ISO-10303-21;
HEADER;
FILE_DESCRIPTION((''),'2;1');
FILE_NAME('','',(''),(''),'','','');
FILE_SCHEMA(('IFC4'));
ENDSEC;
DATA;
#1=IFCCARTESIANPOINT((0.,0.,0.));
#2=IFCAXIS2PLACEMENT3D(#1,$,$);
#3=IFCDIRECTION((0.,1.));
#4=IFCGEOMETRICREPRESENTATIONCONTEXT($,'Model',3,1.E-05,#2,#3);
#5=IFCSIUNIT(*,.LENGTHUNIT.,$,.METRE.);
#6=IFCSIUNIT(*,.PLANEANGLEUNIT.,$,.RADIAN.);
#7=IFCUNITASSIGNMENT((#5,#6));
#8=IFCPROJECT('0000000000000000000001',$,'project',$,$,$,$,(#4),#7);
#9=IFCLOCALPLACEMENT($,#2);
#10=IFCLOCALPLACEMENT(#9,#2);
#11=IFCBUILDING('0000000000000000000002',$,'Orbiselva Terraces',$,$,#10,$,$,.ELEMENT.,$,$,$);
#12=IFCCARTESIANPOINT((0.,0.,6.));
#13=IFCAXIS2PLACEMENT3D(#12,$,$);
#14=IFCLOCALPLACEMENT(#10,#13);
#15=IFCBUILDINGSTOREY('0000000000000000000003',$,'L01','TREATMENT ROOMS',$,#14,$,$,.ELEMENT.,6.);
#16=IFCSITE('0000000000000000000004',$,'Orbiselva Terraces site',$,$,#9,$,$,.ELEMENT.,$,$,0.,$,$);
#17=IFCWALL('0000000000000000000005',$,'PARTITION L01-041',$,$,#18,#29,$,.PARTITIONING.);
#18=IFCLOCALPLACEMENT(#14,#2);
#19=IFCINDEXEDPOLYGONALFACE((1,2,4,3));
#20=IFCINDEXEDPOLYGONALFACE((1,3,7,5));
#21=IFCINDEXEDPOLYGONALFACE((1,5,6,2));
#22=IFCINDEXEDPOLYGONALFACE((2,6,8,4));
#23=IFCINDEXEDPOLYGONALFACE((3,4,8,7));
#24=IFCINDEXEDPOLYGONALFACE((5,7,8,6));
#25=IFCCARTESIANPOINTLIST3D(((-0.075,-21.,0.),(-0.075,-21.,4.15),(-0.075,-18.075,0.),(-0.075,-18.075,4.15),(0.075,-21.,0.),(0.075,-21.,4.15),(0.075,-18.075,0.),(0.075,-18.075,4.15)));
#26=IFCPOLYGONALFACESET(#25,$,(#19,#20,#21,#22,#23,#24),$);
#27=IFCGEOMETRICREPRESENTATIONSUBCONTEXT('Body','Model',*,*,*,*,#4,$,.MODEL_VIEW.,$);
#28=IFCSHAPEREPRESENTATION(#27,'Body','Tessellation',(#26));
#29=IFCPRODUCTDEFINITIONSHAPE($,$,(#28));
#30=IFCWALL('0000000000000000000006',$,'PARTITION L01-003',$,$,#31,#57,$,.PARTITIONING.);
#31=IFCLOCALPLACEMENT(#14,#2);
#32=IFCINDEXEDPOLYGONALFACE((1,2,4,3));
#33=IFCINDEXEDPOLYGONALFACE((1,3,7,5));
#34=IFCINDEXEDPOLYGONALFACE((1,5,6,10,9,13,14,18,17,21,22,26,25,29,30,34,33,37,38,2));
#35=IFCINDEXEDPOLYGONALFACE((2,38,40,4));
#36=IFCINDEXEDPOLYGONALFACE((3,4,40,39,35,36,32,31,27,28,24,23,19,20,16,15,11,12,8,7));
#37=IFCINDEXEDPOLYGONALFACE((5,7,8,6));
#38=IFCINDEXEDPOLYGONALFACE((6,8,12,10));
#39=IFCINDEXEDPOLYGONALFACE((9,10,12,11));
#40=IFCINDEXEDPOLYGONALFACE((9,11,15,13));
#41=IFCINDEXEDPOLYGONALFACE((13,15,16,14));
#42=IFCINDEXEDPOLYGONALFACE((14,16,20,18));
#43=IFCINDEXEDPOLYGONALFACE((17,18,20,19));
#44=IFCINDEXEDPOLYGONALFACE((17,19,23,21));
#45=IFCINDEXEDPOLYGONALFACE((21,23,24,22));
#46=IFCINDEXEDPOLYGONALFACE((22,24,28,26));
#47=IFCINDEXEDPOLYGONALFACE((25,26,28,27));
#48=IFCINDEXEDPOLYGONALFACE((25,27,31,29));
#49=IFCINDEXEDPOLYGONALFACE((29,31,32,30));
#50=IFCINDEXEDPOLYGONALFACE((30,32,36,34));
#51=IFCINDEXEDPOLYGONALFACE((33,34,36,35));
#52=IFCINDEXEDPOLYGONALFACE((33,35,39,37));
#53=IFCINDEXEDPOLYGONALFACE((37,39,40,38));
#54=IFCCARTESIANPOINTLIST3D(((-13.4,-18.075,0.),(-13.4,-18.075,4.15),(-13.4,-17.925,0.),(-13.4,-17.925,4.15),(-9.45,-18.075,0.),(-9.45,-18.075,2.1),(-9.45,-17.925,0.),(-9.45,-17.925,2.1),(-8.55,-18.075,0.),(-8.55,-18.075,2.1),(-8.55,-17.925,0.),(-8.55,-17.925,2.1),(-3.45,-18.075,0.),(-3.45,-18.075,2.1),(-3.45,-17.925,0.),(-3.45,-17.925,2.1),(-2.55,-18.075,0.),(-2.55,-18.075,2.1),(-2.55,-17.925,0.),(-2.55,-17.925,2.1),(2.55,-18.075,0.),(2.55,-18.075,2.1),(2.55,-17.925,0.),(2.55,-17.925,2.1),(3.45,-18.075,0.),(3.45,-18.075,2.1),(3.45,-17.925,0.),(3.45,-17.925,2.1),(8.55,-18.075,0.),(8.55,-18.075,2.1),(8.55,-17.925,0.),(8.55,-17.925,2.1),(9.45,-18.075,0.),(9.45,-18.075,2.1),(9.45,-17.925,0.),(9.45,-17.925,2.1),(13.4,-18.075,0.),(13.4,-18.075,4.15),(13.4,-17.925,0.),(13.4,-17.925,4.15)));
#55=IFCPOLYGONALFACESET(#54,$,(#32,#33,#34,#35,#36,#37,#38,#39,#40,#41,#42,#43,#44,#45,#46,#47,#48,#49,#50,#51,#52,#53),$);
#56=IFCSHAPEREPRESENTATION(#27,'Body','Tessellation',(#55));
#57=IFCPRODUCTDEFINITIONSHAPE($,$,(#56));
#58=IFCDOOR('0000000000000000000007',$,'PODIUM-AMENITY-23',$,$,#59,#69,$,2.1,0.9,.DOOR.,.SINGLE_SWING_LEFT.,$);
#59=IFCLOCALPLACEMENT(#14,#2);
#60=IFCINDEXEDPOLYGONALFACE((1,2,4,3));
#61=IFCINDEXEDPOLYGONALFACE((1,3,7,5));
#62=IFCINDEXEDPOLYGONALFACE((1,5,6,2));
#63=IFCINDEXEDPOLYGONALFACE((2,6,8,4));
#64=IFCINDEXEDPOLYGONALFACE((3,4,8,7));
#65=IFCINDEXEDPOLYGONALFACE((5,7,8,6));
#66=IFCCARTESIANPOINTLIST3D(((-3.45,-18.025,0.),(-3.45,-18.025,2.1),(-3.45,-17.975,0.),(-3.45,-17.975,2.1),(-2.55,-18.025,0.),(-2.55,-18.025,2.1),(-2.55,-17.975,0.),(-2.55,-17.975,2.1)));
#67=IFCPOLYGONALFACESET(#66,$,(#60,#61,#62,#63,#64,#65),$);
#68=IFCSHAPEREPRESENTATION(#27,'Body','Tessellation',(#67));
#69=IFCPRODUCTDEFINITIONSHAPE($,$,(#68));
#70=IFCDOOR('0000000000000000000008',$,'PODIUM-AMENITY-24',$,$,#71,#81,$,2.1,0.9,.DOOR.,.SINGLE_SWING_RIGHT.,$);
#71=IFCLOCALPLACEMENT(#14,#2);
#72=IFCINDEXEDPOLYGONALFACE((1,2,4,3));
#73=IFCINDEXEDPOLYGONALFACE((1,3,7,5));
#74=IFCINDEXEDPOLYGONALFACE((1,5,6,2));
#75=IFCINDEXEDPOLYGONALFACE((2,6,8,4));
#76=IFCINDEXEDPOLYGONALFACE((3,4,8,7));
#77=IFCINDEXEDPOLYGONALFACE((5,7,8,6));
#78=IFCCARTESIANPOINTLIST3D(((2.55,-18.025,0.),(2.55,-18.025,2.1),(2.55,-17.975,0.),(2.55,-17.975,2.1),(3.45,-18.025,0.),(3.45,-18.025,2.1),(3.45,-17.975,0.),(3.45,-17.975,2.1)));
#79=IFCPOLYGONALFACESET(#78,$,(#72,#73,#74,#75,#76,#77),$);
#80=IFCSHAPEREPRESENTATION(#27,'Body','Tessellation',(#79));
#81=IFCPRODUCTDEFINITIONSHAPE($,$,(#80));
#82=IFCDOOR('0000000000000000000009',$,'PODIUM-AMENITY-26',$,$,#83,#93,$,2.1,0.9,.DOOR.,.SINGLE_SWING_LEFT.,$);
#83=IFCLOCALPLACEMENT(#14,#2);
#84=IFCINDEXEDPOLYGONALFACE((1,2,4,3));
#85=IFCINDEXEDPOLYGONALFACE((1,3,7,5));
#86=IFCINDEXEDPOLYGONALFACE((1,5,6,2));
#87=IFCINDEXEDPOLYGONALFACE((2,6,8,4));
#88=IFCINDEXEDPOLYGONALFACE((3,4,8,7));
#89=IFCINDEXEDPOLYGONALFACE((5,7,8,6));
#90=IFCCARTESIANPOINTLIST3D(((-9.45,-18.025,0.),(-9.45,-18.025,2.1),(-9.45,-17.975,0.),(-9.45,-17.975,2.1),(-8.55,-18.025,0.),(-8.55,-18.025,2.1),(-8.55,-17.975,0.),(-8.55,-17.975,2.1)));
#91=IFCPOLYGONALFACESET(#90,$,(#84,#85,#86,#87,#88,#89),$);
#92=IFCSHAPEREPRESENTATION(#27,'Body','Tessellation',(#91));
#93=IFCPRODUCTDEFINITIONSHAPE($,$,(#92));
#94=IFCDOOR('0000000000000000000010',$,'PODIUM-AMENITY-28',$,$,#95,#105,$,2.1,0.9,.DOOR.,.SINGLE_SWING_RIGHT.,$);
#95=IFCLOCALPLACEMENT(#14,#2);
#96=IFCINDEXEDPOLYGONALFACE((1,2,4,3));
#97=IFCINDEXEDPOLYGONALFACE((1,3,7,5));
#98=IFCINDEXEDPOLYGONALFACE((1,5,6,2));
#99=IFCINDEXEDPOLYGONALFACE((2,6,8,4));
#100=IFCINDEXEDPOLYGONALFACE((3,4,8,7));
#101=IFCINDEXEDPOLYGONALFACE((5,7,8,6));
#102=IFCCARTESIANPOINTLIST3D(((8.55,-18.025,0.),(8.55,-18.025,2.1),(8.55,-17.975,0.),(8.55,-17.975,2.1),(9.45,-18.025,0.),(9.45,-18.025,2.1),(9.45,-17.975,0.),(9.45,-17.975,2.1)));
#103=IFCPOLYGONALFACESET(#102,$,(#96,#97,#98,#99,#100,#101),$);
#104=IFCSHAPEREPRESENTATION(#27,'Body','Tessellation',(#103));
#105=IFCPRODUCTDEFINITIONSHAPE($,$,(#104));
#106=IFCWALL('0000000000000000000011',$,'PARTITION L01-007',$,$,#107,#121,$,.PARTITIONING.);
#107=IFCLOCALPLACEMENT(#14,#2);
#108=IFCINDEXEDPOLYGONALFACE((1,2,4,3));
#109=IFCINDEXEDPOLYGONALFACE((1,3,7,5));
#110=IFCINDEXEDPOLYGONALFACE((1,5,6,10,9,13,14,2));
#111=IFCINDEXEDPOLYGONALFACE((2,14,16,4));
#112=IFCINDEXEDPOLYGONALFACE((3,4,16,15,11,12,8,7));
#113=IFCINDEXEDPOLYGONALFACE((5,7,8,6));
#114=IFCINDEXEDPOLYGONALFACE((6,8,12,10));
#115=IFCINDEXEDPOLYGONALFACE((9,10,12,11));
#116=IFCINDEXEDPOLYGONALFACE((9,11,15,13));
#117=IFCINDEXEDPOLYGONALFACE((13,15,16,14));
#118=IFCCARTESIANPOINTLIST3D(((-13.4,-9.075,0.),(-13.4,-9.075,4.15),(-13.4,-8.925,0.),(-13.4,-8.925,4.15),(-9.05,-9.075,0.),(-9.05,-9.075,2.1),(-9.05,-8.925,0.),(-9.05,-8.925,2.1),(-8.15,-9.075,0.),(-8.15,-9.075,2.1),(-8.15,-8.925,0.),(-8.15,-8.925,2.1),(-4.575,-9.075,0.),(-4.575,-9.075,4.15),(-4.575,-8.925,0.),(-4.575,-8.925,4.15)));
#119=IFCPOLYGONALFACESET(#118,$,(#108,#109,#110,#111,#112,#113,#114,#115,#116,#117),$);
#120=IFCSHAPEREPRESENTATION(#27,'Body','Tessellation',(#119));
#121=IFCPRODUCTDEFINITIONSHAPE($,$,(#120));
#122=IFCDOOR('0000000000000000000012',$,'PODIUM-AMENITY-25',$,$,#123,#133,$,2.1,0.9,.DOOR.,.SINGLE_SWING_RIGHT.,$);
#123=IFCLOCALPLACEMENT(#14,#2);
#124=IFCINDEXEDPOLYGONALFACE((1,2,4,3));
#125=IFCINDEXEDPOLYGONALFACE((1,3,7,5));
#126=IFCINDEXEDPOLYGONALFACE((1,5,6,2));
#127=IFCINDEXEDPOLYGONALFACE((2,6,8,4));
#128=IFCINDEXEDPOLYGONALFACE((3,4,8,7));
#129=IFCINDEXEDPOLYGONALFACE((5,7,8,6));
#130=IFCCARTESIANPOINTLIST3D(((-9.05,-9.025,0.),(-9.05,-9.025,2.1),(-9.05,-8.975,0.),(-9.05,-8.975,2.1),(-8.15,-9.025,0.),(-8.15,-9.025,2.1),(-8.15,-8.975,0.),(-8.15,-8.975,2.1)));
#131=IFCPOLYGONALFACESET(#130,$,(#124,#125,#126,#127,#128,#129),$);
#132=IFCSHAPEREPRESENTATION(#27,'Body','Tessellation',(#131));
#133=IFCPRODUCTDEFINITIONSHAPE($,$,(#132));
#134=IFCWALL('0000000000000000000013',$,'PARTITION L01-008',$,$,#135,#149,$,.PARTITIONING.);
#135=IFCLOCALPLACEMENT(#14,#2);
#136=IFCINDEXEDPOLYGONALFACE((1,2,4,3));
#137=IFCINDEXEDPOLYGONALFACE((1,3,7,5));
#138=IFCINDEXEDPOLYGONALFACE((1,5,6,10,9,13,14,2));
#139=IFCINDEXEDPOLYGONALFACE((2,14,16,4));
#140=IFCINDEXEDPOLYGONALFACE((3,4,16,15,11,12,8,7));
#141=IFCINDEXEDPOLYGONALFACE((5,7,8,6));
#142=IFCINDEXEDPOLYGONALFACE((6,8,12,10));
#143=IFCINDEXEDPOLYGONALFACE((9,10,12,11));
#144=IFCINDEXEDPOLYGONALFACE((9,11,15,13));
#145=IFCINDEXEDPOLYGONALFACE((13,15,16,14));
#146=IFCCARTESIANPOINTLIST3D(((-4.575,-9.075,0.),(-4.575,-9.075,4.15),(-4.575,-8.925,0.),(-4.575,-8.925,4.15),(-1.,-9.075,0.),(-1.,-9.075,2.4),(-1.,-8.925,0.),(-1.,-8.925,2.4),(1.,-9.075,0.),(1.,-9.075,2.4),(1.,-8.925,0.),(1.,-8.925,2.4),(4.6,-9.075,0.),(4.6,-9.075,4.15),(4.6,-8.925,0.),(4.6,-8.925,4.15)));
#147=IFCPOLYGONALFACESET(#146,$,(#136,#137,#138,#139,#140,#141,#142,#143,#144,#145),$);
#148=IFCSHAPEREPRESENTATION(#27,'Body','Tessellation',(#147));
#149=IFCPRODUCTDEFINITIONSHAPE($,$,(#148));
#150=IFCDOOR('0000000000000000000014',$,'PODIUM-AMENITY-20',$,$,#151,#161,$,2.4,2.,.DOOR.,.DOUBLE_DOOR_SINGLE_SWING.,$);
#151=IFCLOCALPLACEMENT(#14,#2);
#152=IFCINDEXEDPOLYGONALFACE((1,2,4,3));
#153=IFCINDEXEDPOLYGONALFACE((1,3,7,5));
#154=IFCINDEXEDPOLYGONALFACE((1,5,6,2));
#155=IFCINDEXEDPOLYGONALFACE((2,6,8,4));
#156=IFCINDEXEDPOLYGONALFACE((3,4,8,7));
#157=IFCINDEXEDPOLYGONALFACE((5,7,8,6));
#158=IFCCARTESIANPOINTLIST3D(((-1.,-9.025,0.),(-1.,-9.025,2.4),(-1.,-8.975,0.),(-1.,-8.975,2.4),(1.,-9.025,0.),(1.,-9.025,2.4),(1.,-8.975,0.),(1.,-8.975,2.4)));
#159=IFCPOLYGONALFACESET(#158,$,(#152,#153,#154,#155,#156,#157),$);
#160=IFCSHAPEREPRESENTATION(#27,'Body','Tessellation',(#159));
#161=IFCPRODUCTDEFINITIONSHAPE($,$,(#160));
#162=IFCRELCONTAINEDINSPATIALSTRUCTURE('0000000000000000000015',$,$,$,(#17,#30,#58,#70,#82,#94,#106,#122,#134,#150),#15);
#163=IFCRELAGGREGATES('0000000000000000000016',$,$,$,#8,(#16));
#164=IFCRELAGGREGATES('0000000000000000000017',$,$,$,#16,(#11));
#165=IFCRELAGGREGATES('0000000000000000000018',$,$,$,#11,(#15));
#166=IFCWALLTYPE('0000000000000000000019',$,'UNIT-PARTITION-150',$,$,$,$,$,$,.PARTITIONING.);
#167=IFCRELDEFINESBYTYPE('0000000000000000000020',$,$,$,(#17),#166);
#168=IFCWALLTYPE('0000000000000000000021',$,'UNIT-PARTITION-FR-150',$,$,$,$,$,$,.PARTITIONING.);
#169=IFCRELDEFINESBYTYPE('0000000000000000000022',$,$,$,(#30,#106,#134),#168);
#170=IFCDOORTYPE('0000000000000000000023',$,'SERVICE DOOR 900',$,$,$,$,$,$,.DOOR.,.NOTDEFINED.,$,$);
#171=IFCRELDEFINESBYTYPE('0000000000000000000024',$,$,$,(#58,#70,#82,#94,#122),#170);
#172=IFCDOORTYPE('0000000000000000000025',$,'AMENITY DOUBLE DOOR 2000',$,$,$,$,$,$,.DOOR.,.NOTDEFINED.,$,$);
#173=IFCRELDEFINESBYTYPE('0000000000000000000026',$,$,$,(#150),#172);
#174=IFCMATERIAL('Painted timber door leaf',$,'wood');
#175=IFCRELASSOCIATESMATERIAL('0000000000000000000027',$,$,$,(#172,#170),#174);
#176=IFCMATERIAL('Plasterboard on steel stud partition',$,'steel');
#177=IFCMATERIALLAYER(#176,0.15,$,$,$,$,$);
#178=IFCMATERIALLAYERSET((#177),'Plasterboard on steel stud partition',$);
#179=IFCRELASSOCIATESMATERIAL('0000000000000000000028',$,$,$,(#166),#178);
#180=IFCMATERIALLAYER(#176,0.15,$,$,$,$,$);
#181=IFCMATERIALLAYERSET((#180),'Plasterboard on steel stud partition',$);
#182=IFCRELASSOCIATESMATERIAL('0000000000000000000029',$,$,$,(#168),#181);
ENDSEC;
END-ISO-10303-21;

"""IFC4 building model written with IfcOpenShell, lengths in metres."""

from ifc_helpers import new_model, si_unit, direction, frame, frame_2d, origin, place, context, subcontext, project, spatial, rectangle, extrude, material, layer, layer_set, type_object, element, fill, save


model = new_model("IFC4")

# Units and contexts
model_context = context("Model", 3, precision=1e-05, world=origin(), true_north=direction((0.0, 1.0)))
body_context = subcontext(model_context, "Body", "Model", "MODEL_VIEW")
ifc_project = project(units=[si_unit("LENGTHUNIT", "METRE"), si_unit("PLANEANGLEUNIT", "RADIAN")], contexts=[model_context])

# Site, building, storey
site_placement = place(None, origin())
site = spatial("IfcSite", under=ifc_project, at=site_placement, Name="Orbiselva Terraces site", CompositionType="ELEMENT", RefElevation=0.0)
building_placement = place(site_placement, origin())
building = spatial("IfcBuilding", under=site, at=building_placement, Name="Orbiselva Terraces", CompositionType="ELEMENT")
storey_placement = place(building_placement, frame((0.0, 0.0, 6.0)))
storey = spatial("IfcBuildingStorey", under=building, at=storey_placement, Name="L01", Description="TREATMENT ROOMS", CompositionType="ELEMENT", Elevation=6.0)

# Shared definitions
ifc_material_1 = material(Name="Plasterboard on steel stud partition", Category="steel")
ifc_material_2 = material(Name="Painted timber door leaf", Category="wood")
door_type_1 = type_object("IfcDoorType", Name="AMENITY DOUBLE DOOR 2000", OperationType="NOTDEFINED", PredefinedType="DOOR", material=ifc_material_2)

# Wall
ifc_layer_1 = layer(ifc_material_1, 0.15)
ifc_layer_set_1 = layer_set([ifc_layer_1], Name="Plasterboard on steel stud partition")
wall_type_1 = type_object("IfcWallType", Name="UNIT-PARTITION-150", PredefinedType="PARTITIONING", material=ifc_layer_set_1)
wall_1_placement = place(storey_placement, frame((0.0, -21.0, 0.0), z_axis=(0.0, 0.0, 1.0), x_axis=(0.0, 1.0, 0.0)))
element("IfcWall", 1, at=wall_1_placement, inside=storey, type_object=wall_type_1, Name="PARTITION L01-041", PredefinedType="PARTITIONING", context=body_context, shape_type="SweptSolid", body=[
    extrude(rectangle(XDim=2.925, YDim=0.15, at=frame_2d((1.4625, 0.0))), origin(), (0.0, 0.0, 1.0), 4.15),
])

# Wall, openings, doors
ifc_layer_2 = layer(ifc_material_1, 0.15)
ifc_layer_set_2 = layer_set([ifc_layer_2], Name="Plasterboard on steel stud partition")
wall_type_2 = type_object("IfcWallType", Name="UNIT-PARTITION-FR-150", PredefinedType="PARTITIONING", material=ifc_layer_set_2)
wall_2_placement = place(storey_placement, frame((-13.4, -18.0, 0.0), z_axis=(0.0, 0.0, 1.0), x_axis=(1.0, 0.0, 0.0)))
wall_2 = element("IfcWall", 2, at=wall_2_placement, inside=storey, type_object=wall_type_2, Name="PARTITION L01-003", PredefinedType="PARTITIONING", context=body_context, shape_type="SweptSolid", body=[
    extrude(rectangle(XDim=26.8, YDim=0.15, at=frame_2d((13.4, 0.0))), origin(), (0.0, 0.0, 1.0), 4.15),
])
opening_1_placement = place(wall_2_placement, frame((9.95, 0.0, 0.0)))
opening_1 = element("IfcOpeningElement", 3, at=opening_1_placement, cuts=wall_2, PredefinedType="OPENING", context=body_context, shape_type="SweptSolid", body=[
    extrude(rectangle(XDim=0.9, YDim=2.1, at=frame_2d((0.45, 1.05))), frame((0.0, 0.085, 0.0), z_axis=(0.0, -1.0, 0.0), x_axis=(1.0, 0.0, 0.0)), (0.0, 0.0, 1.0), 0.17),
])
opening_2_placement = place(wall_2_placement, frame((15.95, 0.0, 0.0)))
opening_2 = element("IfcOpeningElement", 4, at=opening_2_placement, cuts=wall_2, PredefinedType="OPENING", context=body_context, shape_type="SweptSolid", body=[
    extrude(rectangle(XDim=0.9, YDim=2.1, at=frame_2d((0.45, 1.05))), frame((0.0, 0.085, 0.0), z_axis=(0.0, -1.0, 0.0), x_axis=(1.0, 0.0, 0.0)), (0.0, 0.0, 1.0), 0.17),
])
opening_3_placement = place(wall_2_placement, frame((3.95, 0.0, 0.0)))
opening_3 = element("IfcOpeningElement", 5, at=opening_3_placement, cuts=wall_2, PredefinedType="OPENING", context=body_context, shape_type="SweptSolid", body=[
    extrude(rectangle(XDim=0.9, YDim=2.1, at=frame_2d((0.45, 1.05))), frame((0.0, 0.085, 0.0), z_axis=(0.0, -1.0, 0.0), x_axis=(1.0, 0.0, 0.0)), (0.0, 0.0, 1.0), 0.17),
])
opening_4_placement = place(wall_2_placement, frame((21.95, 0.0, 0.0)))
opening_4 = element("IfcOpeningElement", 6, at=opening_4_placement, cuts=wall_2, PredefinedType="OPENING", context=body_context, shape_type="SweptSolid", body=[
    extrude(rectangle(XDim=0.9, YDim=2.1, at=frame_2d((0.45, 1.05))), frame((0.0, 0.085, 0.0), z_axis=(0.0, -1.0, 0.0), x_axis=(1.0, 0.0, 0.0)), (0.0, 0.0, 1.0), 0.17),
])
door_type_2 = type_object("IfcDoorType", Name="SERVICE DOOR 900", OperationType="NOTDEFINED", PredefinedType="DOOR", material=ifc_material_2)
door_1_placement = place(opening_1_placement, origin())
door_1 = element("IfcDoor", 7, at=door_1_placement, inside=storey, type_object=door_type_2, Name="PODIUM-AMENITY-23", OperationType="SINGLE_SWING_LEFT", OverallHeight=2.1, OverallWidth=0.9, PredefinedType="DOOR", context=body_context, shape_type="SweptSolid", body=[
    extrude(rectangle(XDim=0.9, YDim=2.1, at=frame_2d((0.45, 1.05))), frame((0.0, 0.025, 0.0), z_axis=(0.0, -1.0, 0.0), x_axis=(1.0, 0.0, 0.0)), (0.0, 0.0, 1.0), 0.05),
])
fill(opening_1, door_1)
door_2_placement = place(opening_2_placement, origin())
door_2 = element("IfcDoor", 8, at=door_2_placement, inside=storey, type_object=door_type_2, Name="PODIUM-AMENITY-24", OperationType="SINGLE_SWING_RIGHT", OverallHeight=2.1, OverallWidth=0.9, PredefinedType="DOOR", context=body_context, shape_type="SweptSolid", body=[
    extrude(rectangle(XDim=0.9, YDim=2.1, at=frame_2d((0.45, 1.05))), frame((0.0, 0.025, 0.0), z_axis=(0.0, -1.0, 0.0), x_axis=(1.0, 0.0, 0.0)), (0.0, 0.0, 1.0), 0.05),
])
fill(opening_2, door_2)
door_3_placement = place(opening_3_placement, origin())
door_3 = element("IfcDoor", 9, at=door_3_placement, inside=storey, type_object=door_type_2, Name="PODIUM-AMENITY-26", OperationType="SINGLE_SWING_LEFT", OverallHeight=2.1, OverallWidth=0.9, PredefinedType="DOOR", context=body_context, shape_type="SweptSolid", body=[
    extrude(rectangle(XDim=0.9, YDim=2.1, at=frame_2d((0.45, 1.05))), frame((0.0, 0.025, 0.0), z_axis=(0.0, -1.0, 0.0), x_axis=(1.0, 0.0, 0.0)), (0.0, 0.0, 1.0), 0.05),
])
fill(opening_3, door_3)
door_4_placement = place(opening_4_placement, origin())
door_4 = element("IfcDoor", 10, at=door_4_placement, inside=storey, type_object=door_type_2, Name="PODIUM-AMENITY-28", OperationType="SINGLE_SWING_RIGHT", OverallHeight=2.1, OverallWidth=0.9, PredefinedType="DOOR", context=body_context, shape_type="SweptSolid", body=[
    extrude(rectangle(XDim=0.9, YDim=2.1, at=frame_2d((0.45, 1.05))), frame((0.0, 0.025, 0.0), z_axis=(0.0, -1.0, 0.0), x_axis=(1.0, 0.0, 0.0)), (0.0, 0.0, 1.0), 0.05),
])
fill(opening_4, door_4)

# Walls, openings, doors
wall_3_placement = place(storey_placement, frame((-4.575, -9.0, 0.0), z_axis=(0.0, 0.0, 1.0), x_axis=(-1.0, 0.0, 0.0)))
wall_3 = element("IfcWall", 11, at=wall_3_placement, inside=storey, type_object=wall_type_2, Name="PARTITION L01-007", PredefinedType="PARTITIONING", context=body_context, shape_type="SweptSolid", body=[
    extrude(rectangle(XDim=8.825, YDim=0.15, at=frame_2d((4.4125, 0.0))), origin(), (0.0, 0.0, 1.0), 4.15),
])
opening_5_placement = place(wall_3_placement, frame((3.575, 0.0, 0.0)))
opening_5 = element("IfcOpeningElement", 12, at=opening_5_placement, cuts=wall_3, PredefinedType="OPENING", context=body_context, shape_type="SweptSolid", body=[
    extrude(rectangle(XDim=0.9, YDim=2.1, at=frame_2d((0.45, 1.05))), frame((0.0, 0.085, 0.0), z_axis=(0.0, -1.0, 0.0), x_axis=(1.0, 0.0, 0.0)), (0.0, 0.0, 1.0), 0.17),
])
door_5_placement = place(opening_5_placement, origin())
door_5 = element("IfcDoor", 13, at=door_5_placement, inside=storey, type_object=door_type_2, Name="PODIUM-AMENITY-25", OperationType="SINGLE_SWING_RIGHT", OverallHeight=2.1, OverallWidth=0.9, PredefinedType="DOOR", context=body_context, shape_type="SweptSolid", body=[
    extrude(rectangle(XDim=0.9, YDim=2.1, at=frame_2d((0.45, 1.05))), frame((0.0, 0.025, 0.0), z_axis=(0.0, -1.0, 0.0), x_axis=(1.0, 0.0, 0.0)), (0.0, 0.0, 1.0), 0.05),
])
fill(opening_5, door_5)
wall_4_placement = place(storey_placement, frame((-4.575, -9.0, 0.0), z_axis=(0.0, 0.0, 1.0), x_axis=(1.0, 0.0, 0.0)))
wall_4 = element("IfcWall", 14, at=wall_4_placement, inside=storey, type_object=wall_type_2, Name="PARTITION L01-008", PredefinedType="PARTITIONING", context=body_context, shape_type="SweptSolid", body=[
    extrude(rectangle(XDim=9.175, YDim=0.15, at=frame_2d((4.5875, 0.0))), origin(), (0.0, 0.0, 1.0), 4.15),
])
opening_6_placement = place(wall_4_placement, frame((3.575, 0.0, 0.0)))
opening_6 = element("IfcOpeningElement", 15, at=opening_6_placement, cuts=wall_4, PredefinedType="OPENING", context=body_context, shape_type="SweptSolid", body=[
    extrude(rectangle(XDim=2.0, YDim=2.4, at=frame_2d((1.0, 1.2))), frame((0.0, 0.085, 0.0), z_axis=(0.0, -1.0, 0.0), x_axis=(1.0, 0.0, 0.0)), (0.0, 0.0, 1.0), 0.17),
])
door_6_placement = place(opening_6_placement, origin())
door_6 = element("IfcDoor", 16, at=door_6_placement, inside=storey, type_object=door_type_1, Name="PODIUM-AMENITY-20", OperationType="DOUBLE_DOOR_SINGLE_SWING", OverallHeight=2.4, OverallWidth=2.0, PredefinedType="DOOR", context=body_context, shape_type="SweptSolid", body=[
    extrude(rectangle(XDim=2.0, YDim=2.4, at=frame_2d((1.0, 1.2))), frame((0.0, 0.025, 0.0), z_axis=(0.0, -1.0, 0.0), x_axis=(1.0, 0.0, 0.0)), (0.0, 0.0, 1.0), 0.05),
])
fill(opening_6, door_6)

save(model, "model.ifc")
